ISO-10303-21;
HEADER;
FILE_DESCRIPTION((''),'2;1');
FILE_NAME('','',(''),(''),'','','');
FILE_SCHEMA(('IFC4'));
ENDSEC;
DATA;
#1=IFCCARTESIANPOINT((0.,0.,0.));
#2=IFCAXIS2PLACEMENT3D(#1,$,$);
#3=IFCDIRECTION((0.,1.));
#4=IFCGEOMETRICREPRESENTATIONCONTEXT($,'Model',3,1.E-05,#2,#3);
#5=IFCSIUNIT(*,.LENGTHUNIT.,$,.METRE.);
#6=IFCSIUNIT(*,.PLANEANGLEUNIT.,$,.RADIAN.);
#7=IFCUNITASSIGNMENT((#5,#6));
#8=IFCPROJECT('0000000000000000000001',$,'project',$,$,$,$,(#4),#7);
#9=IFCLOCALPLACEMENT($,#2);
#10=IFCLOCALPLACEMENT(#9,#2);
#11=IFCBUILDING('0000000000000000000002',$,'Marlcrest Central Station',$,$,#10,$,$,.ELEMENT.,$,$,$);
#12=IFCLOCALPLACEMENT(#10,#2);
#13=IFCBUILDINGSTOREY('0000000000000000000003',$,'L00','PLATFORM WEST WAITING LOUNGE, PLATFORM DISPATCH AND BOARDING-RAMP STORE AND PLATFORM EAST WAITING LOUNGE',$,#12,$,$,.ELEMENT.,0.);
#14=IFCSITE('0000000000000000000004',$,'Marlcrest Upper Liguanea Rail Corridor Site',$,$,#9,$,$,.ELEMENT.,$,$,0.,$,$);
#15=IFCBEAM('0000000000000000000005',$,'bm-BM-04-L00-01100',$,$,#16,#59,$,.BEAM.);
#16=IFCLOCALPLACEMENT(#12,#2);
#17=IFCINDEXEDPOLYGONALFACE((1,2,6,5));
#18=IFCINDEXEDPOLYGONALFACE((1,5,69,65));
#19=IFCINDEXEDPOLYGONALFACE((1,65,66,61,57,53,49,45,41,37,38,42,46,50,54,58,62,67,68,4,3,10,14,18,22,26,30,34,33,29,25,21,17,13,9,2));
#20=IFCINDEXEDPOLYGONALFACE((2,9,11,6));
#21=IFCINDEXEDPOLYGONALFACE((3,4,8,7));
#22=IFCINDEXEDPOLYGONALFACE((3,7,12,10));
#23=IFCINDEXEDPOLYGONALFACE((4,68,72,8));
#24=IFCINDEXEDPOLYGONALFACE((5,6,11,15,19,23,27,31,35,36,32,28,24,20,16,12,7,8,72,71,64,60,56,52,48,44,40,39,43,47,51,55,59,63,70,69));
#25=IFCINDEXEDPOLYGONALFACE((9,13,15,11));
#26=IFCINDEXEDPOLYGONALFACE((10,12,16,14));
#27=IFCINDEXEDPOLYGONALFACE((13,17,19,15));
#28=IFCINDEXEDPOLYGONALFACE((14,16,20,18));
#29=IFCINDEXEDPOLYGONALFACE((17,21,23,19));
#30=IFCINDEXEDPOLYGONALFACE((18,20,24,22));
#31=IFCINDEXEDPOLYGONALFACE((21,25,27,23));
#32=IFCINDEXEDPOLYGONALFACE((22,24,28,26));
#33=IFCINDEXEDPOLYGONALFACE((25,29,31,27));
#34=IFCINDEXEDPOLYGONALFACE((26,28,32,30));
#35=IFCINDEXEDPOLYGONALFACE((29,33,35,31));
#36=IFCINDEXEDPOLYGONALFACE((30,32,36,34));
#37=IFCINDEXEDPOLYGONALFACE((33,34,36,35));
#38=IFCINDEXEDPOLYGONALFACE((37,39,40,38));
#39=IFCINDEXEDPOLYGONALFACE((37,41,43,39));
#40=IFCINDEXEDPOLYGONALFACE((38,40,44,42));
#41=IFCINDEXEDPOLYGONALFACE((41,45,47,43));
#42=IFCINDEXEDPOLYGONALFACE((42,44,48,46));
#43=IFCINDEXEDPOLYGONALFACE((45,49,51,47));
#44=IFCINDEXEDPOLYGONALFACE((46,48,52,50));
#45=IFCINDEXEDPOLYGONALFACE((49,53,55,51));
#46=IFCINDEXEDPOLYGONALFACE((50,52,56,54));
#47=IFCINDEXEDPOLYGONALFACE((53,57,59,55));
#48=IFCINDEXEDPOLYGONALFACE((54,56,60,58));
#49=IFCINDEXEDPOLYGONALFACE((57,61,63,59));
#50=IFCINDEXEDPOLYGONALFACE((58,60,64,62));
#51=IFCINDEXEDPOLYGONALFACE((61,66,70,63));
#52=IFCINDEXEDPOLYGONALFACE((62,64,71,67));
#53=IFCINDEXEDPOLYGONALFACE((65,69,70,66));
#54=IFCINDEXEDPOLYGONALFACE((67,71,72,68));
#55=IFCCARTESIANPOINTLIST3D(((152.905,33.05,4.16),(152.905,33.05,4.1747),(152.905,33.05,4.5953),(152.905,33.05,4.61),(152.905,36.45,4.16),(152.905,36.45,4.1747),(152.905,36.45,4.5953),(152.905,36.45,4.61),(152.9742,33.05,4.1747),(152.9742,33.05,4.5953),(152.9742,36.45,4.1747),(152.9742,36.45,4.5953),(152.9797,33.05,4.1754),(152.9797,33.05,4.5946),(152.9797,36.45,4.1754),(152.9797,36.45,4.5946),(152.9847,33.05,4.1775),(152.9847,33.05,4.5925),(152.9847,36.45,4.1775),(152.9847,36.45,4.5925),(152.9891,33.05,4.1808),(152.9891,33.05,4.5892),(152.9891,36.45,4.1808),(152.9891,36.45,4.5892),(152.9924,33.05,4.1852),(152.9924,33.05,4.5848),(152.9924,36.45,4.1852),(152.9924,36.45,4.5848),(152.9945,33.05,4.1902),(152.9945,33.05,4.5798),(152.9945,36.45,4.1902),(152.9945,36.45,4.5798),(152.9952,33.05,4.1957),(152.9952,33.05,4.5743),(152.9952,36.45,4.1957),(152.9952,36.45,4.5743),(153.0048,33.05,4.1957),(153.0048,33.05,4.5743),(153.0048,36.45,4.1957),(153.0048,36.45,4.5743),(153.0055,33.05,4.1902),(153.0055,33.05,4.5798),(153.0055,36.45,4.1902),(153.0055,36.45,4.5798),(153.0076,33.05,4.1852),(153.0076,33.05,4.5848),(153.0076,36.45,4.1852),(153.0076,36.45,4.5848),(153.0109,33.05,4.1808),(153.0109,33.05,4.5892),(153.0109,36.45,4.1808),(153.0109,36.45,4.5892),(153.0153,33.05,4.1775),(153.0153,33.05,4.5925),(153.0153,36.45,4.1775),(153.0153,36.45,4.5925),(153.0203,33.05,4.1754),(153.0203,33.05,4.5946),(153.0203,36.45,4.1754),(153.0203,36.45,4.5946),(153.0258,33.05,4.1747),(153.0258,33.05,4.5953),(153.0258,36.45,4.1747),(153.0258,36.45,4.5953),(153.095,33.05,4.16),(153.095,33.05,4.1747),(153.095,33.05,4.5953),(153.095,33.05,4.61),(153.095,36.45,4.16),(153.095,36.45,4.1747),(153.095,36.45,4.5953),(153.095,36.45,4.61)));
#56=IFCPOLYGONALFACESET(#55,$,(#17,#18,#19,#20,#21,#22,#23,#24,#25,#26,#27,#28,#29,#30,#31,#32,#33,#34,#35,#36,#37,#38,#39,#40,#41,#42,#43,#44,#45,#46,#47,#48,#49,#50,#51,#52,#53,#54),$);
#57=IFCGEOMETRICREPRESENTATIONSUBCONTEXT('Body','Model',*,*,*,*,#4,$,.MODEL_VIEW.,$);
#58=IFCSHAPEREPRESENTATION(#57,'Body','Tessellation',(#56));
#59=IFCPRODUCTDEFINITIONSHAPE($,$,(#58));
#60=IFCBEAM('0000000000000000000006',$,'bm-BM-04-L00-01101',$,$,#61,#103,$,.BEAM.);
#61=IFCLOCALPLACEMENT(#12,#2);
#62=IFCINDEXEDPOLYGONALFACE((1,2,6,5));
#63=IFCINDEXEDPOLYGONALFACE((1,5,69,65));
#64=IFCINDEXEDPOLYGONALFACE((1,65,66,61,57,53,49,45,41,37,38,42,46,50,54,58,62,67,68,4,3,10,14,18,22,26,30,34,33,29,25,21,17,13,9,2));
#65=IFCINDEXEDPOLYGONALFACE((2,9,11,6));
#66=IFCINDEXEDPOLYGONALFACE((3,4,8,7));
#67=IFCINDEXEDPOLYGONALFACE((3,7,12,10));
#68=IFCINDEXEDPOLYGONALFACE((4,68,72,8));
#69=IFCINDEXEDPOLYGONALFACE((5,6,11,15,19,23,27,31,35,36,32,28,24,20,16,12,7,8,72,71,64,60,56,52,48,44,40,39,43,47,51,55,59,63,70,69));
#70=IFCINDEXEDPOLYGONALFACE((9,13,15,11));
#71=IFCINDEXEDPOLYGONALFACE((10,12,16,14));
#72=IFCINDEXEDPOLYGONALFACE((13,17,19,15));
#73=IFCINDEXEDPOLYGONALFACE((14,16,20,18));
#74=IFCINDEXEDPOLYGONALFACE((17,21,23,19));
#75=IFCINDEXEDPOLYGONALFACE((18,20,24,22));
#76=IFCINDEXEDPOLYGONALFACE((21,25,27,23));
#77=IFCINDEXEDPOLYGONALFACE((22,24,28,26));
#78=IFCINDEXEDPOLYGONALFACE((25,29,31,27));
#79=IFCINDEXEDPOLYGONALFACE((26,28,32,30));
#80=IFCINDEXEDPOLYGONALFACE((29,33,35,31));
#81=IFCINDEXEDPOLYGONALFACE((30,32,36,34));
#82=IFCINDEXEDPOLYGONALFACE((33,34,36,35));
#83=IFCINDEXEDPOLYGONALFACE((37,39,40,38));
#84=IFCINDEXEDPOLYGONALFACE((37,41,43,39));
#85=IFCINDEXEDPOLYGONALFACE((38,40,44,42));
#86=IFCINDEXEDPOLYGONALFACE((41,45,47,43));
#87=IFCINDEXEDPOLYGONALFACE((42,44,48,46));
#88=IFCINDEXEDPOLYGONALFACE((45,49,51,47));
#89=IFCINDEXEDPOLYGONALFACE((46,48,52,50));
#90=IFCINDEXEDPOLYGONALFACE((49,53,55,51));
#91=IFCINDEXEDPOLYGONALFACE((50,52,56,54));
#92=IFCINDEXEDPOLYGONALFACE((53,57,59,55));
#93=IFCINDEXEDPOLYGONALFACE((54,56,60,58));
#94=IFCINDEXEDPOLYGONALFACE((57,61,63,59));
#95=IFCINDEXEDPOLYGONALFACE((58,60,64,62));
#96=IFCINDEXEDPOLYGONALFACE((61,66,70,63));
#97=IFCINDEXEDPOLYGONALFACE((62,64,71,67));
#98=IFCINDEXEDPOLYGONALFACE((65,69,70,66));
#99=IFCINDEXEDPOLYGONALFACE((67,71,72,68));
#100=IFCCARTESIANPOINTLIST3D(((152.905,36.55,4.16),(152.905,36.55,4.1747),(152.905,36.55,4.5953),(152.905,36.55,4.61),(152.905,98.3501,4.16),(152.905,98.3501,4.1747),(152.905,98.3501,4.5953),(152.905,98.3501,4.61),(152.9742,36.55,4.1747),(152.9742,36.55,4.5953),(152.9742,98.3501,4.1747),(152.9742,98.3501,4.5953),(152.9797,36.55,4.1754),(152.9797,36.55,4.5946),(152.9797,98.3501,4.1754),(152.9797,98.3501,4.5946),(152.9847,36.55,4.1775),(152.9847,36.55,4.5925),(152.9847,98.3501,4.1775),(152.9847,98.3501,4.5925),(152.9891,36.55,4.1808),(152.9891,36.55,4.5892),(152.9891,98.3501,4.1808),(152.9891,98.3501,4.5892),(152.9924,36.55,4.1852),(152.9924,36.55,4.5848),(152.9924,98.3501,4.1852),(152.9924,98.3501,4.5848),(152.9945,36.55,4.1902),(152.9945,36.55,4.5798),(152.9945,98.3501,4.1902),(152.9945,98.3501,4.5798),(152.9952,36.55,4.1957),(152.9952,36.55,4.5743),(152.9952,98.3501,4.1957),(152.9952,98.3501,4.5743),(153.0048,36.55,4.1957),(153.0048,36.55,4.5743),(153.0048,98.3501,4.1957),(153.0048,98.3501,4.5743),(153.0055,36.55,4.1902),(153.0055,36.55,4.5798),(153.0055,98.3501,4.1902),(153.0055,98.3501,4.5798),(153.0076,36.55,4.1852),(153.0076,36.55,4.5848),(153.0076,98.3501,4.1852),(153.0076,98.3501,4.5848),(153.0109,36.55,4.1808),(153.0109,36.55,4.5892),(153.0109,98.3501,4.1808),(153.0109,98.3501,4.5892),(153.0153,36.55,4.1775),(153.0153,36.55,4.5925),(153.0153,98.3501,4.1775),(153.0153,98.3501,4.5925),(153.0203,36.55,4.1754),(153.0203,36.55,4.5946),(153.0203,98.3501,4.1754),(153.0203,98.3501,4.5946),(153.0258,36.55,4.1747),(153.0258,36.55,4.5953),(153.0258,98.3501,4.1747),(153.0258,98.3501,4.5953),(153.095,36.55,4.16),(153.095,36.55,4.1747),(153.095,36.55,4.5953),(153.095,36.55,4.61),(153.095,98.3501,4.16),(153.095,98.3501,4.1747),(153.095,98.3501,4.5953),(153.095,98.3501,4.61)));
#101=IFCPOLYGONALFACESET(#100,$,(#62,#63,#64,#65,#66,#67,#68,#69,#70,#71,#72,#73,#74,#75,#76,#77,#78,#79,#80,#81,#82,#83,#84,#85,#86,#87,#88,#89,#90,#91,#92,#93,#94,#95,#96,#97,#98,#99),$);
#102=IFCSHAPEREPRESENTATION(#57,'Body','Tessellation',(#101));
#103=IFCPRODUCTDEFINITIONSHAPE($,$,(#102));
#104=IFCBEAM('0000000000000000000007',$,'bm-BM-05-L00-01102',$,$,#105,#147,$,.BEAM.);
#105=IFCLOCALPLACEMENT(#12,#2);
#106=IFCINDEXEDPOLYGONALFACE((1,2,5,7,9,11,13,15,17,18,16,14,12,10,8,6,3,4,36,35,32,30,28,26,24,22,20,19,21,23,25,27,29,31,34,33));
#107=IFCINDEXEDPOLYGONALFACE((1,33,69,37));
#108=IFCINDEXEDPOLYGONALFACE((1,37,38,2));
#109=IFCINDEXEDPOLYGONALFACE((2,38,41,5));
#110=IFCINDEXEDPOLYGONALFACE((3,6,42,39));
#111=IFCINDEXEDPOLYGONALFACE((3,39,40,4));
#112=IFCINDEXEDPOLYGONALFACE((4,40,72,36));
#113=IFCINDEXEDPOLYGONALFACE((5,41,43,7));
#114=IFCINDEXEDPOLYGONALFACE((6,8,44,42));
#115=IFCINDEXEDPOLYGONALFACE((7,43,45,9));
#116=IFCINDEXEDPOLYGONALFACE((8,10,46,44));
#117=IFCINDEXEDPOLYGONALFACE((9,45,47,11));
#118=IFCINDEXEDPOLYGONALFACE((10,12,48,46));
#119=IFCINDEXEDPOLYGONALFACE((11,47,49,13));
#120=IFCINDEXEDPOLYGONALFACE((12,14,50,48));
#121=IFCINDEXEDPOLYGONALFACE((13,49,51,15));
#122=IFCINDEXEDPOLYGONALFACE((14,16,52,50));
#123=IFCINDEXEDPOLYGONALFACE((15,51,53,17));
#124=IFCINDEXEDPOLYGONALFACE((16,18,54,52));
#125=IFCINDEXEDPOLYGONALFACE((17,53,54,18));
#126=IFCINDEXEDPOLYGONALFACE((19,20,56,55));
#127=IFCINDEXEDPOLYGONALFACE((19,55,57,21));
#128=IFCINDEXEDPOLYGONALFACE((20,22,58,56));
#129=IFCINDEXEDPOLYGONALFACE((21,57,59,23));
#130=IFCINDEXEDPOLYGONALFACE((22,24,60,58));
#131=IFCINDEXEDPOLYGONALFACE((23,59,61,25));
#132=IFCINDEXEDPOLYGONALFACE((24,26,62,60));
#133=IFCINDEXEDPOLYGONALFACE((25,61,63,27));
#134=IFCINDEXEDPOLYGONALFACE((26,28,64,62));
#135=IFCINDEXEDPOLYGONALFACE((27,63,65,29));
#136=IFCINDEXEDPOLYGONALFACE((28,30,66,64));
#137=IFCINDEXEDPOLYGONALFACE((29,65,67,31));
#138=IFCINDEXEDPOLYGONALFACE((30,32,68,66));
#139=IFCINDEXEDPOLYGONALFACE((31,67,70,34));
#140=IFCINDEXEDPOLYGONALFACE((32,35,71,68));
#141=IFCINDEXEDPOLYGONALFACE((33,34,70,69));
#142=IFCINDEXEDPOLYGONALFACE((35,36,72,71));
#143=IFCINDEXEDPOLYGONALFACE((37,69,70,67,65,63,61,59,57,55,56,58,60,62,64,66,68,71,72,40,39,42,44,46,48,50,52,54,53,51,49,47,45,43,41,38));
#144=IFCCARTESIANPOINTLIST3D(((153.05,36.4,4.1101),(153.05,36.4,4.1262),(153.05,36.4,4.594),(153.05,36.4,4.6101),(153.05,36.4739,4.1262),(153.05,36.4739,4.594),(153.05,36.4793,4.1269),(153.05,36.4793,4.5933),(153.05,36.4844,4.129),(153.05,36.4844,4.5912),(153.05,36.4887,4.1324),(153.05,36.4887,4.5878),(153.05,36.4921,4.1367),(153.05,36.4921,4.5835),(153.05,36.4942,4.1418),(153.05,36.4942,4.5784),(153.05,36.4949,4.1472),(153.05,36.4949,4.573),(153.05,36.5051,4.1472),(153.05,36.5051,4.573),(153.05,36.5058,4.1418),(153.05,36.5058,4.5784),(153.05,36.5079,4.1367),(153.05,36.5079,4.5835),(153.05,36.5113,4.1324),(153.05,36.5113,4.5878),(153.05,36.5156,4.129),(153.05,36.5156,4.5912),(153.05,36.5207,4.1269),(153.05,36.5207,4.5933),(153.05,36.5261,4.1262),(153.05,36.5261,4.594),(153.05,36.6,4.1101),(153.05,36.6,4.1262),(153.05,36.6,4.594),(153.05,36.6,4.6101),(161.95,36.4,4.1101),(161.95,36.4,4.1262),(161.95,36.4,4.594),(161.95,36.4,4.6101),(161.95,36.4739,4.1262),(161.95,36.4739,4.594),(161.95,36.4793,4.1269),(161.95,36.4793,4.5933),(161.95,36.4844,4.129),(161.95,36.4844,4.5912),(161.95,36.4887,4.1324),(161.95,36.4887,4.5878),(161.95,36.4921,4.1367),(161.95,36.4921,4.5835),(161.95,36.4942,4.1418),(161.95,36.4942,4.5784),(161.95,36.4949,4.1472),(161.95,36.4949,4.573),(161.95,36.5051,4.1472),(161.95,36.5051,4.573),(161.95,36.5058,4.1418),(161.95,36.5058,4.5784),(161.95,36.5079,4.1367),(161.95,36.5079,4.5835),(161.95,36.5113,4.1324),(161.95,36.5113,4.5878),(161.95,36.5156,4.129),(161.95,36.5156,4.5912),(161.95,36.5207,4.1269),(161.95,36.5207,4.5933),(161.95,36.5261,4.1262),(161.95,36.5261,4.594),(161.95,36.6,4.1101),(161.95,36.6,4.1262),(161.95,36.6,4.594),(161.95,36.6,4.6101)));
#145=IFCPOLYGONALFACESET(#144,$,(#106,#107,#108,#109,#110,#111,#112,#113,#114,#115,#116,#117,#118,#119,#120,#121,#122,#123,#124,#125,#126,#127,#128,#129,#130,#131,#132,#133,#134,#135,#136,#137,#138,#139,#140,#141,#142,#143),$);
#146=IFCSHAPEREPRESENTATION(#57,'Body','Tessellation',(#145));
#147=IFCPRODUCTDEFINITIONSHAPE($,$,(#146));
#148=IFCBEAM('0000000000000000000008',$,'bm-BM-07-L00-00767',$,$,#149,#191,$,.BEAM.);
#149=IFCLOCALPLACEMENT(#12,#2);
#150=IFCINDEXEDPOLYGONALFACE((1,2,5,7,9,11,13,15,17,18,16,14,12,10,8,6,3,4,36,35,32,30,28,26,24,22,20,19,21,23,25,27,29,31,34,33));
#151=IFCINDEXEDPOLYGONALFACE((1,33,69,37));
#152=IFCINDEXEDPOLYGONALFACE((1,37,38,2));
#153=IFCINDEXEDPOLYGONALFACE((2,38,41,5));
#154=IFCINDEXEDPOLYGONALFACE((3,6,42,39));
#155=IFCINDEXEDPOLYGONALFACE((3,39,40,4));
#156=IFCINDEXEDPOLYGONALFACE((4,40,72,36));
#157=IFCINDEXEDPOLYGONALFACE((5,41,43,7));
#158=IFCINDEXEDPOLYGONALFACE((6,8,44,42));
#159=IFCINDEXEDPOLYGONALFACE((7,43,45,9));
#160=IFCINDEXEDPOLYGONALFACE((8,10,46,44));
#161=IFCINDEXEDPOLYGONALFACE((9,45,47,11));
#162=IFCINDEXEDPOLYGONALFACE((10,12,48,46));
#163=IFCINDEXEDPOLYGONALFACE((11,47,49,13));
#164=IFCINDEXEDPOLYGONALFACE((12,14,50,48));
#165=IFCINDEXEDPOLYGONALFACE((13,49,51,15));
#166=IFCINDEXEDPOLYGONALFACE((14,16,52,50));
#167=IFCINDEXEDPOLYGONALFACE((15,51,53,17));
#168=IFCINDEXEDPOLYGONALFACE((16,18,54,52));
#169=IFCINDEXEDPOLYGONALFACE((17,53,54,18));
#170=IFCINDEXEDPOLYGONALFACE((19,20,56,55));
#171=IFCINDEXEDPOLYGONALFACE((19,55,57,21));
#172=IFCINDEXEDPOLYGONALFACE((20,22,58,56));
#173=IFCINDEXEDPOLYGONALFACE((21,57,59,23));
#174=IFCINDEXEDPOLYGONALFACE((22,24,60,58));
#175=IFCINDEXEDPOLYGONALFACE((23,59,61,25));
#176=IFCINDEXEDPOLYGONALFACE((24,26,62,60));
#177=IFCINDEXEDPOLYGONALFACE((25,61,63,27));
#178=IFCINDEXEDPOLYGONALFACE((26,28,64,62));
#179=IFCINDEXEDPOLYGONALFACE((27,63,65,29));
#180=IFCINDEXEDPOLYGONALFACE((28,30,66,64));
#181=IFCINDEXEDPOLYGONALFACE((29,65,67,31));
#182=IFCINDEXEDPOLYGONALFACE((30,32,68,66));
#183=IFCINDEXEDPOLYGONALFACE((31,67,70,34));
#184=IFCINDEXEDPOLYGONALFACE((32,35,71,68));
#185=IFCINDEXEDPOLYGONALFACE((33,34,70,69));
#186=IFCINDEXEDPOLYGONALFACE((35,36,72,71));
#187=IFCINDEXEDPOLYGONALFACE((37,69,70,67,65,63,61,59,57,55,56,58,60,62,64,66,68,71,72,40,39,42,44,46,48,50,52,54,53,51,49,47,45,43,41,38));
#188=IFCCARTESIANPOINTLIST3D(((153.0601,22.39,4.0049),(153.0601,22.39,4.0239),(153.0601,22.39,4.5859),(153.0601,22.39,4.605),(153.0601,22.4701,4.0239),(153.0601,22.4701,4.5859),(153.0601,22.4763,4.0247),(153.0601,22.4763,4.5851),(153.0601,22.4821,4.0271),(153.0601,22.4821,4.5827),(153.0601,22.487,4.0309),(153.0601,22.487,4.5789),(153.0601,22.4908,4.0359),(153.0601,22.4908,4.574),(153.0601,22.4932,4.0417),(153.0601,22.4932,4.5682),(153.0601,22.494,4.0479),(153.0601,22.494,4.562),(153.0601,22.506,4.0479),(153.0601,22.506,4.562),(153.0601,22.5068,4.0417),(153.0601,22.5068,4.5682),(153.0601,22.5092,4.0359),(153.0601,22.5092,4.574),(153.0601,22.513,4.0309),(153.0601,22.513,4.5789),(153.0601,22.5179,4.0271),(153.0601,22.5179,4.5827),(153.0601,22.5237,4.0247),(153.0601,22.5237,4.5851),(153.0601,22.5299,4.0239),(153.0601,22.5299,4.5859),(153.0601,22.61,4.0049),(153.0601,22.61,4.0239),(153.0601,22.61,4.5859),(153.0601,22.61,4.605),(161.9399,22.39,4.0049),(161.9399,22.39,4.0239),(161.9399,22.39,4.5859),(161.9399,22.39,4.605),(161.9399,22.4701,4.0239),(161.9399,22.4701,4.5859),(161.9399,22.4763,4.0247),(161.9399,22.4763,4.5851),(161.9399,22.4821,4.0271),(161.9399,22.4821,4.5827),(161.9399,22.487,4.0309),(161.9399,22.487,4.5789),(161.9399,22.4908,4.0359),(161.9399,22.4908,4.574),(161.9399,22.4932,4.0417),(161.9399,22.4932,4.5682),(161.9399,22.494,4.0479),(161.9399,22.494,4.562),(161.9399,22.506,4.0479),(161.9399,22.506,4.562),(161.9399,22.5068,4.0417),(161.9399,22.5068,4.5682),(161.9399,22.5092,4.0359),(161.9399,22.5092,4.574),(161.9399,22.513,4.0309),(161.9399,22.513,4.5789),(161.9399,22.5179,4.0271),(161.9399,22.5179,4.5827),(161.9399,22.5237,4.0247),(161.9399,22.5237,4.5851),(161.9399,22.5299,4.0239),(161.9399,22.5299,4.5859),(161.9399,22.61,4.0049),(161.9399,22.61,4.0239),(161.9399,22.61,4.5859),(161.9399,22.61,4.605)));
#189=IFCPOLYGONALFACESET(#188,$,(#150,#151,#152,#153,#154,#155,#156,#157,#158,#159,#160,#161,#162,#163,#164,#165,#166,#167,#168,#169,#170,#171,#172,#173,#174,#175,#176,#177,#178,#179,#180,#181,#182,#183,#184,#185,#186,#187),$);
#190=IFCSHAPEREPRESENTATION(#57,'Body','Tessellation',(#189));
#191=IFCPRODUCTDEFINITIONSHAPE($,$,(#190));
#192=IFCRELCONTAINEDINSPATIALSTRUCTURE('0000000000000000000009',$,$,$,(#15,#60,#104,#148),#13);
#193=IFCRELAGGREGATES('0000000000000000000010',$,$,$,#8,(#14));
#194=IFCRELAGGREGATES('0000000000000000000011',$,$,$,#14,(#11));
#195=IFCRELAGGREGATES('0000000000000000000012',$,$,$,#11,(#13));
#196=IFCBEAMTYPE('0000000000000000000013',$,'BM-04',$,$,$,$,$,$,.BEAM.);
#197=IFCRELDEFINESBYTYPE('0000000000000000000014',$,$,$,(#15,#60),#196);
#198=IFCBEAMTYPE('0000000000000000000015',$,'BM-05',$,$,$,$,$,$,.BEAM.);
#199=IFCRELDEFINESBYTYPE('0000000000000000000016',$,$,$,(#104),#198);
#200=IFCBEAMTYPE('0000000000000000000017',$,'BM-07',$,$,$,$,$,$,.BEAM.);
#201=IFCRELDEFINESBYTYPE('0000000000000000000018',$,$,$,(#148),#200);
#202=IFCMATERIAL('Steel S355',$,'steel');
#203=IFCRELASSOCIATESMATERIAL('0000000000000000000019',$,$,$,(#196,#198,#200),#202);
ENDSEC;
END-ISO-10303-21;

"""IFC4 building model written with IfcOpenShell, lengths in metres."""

from ifc_helpers import new_model, si_unit, direction, frame, origin, origin_2d, place, context, subcontext, project, spatial, i_section, extrude, material, material_profile, profile_set, type_object, element, save


model = new_model("IFC4")

# Units and contexts
model_context = context("Model", 3, precision=1e-05, world=origin(), true_north=direction((0.0, 1.0)))
body_context = subcontext(model_context, "Body", "Model", "MODEL_VIEW")
ifc_project = project(units=[si_unit("LENGTHUNIT", "METRE"), si_unit("PLANEANGLEUNIT", "RADIAN")], contexts=[model_context])

# Site, building, storey
site_placement = place(None, origin())
site = spatial("IfcSite", under=ifc_project, at=site_placement, Name="Marlcrest Upper Liguanea Rail Corridor Site", CompositionType="ELEMENT", RefElevation=0.0)
building_placement = place(site_placement, origin())
building = spatial("IfcBuilding", under=site, at=building_placement, Name="Marlcrest Central Station", CompositionType="ELEMENT")
storey_placement = place(building_placement, origin())
storey = spatial("IfcBuildingStorey", under=building, at=storey_placement, Name="L00", Description="PLATFORM WEST WAITING LOUNGE, PLATFORM DISPATCH AND BOARDING-RAMP STORE AND PLATFORM EAST WAITING LOUNGE", CompositionType="ELEMENT", Elevation=0.0)

# Beams
ifc_material_1 = material(Name="Steel S355", Category="steel")
ifc_material_profile_1 = material_profile(ifc_material_1, i_section(OverallWidth=0.1899, OverallDepth=0.45, WebThickness=0.0095, FlangeThickness=0.0146, FilletRadius=0.021, at=origin_2d()), Name="IPE 450")
ifc_profile_set_1 = profile_set([ifc_material_profile_1], Name="Steel S355")
beam_type_1 = type_object("IfcBeamType", Name="BM-04", PredefinedType="BEAM", material=ifc_profile_set_1)
beam_1_placement = place(storey_placement, frame((153.0, 33.05, 4.385), z_axis=(0.0, 1.0, 0.0), x_axis=(-1.0, 0.0, 0.0)))
element("IfcBeam", 1, at=beam_1_placement, inside=storey, type_object=beam_type_1, Name="bm-BM-04-L00-01100", PredefinedType="BEAM", context=body_context, shape_type="SweptSolid", body=[
    extrude(i_section(OverallWidth=0.1899, OverallDepth=0.45, WebThickness=0.0095, FlangeThickness=0.0146, FilletRadius=0.021, at=origin_2d()), origin(), (0.0, 0.0, 1.0), 3.3999),
])
beam_2_placement = place(storey_placement, frame((153.0, 36.55, 4.385), z_axis=(0.0, 1.0, 0.0), x_axis=(-1.0, 0.0, 0.0)))
element("IfcBeam", 2, at=beam_2_placement, inside=storey, type_object=beam_type_1, Name="bm-BM-04-L00-01101", PredefinedType="BEAM", context=body_context, shape_type="SweptSolid", body=[
    extrude(i_section(OverallWidth=0.1899, OverallDepth=0.45, WebThickness=0.0095, FlangeThickness=0.0146, FilletRadius=0.021, at=origin_2d()), origin(), (0.0, 0.0, 1.0), 61.8),
])
ifc_material_profile_2 = material_profile(ifc_material_1, i_section(OverallWidth=0.2, OverallDepth=0.5, WebThickness=0.0103, FlangeThickness=0.0161, FilletRadius=0.021, at=origin_2d()), Name="IPE 500")
ifc_profile_set_2 = profile_set([ifc_material_profile_2], Name="Steel S355")
beam_type_2 = type_object("IfcBeamType", Name="BM-05", PredefinedType="BEAM", material=ifc_profile_set_2)
beam_3_placement = place(storey_placement, frame((153.05, 36.5, 4.3601), z_axis=(1.0, 0.0, 0.0), x_axis=(0.0, 1.0, 0.0)))
element("IfcBeam", 3, at=beam_3_placement, inside=storey, type_object=beam_type_2, Name="bm-BM-05-L00-01102", PredefinedType="BEAM", context=body_context, shape_type="SweptSolid", body=[
    extrude(i_section(OverallWidth=0.2, OverallDepth=0.5, WebThickness=0.0103, FlangeThickness=0.0161, FilletRadius=0.021, at=origin_2d()), origin(), (0.0, 0.0, 1.0), 8.8999),
])
ifc_material_profile_3 = material_profile(ifc_material_1, i_section(OverallWidth=0.22, OverallDepth=0.6001, WebThickness=0.012, FlangeThickness=0.019, FilletRadius=0.0239, at=origin_2d()), Name="IPE 600")
ifc_profile_set_3 = profile_set([ifc_material_profile_3], Name="Steel S355")
beam_type_3 = type_object("IfcBeamType", Name="BM-07", PredefinedType="BEAM", material=ifc_profile_set_3)
beam_4_placement = place(storey_placement, frame((153.0601, 22.5, 4.3049), z_axis=(1.0, 0.0, 0.0), x_axis=(0.0, 1.0, 0.0)))
element("IfcBeam", 4, at=beam_4_placement, inside=storey, type_object=beam_type_3, Name="bm-BM-07-L00-00767", PredefinedType="BEAM", context=body_context, shape_type="SweptSolid", body=[
    extrude(i_section(OverallWidth=0.22, OverallDepth=0.6001, WebThickness=0.012, FlangeThickness=0.019, FilletRadius=0.0239, at=origin_2d()), origin(), (0.0, 0.0, 1.0), 8.8799),
])

save(model, "model.ifc")
